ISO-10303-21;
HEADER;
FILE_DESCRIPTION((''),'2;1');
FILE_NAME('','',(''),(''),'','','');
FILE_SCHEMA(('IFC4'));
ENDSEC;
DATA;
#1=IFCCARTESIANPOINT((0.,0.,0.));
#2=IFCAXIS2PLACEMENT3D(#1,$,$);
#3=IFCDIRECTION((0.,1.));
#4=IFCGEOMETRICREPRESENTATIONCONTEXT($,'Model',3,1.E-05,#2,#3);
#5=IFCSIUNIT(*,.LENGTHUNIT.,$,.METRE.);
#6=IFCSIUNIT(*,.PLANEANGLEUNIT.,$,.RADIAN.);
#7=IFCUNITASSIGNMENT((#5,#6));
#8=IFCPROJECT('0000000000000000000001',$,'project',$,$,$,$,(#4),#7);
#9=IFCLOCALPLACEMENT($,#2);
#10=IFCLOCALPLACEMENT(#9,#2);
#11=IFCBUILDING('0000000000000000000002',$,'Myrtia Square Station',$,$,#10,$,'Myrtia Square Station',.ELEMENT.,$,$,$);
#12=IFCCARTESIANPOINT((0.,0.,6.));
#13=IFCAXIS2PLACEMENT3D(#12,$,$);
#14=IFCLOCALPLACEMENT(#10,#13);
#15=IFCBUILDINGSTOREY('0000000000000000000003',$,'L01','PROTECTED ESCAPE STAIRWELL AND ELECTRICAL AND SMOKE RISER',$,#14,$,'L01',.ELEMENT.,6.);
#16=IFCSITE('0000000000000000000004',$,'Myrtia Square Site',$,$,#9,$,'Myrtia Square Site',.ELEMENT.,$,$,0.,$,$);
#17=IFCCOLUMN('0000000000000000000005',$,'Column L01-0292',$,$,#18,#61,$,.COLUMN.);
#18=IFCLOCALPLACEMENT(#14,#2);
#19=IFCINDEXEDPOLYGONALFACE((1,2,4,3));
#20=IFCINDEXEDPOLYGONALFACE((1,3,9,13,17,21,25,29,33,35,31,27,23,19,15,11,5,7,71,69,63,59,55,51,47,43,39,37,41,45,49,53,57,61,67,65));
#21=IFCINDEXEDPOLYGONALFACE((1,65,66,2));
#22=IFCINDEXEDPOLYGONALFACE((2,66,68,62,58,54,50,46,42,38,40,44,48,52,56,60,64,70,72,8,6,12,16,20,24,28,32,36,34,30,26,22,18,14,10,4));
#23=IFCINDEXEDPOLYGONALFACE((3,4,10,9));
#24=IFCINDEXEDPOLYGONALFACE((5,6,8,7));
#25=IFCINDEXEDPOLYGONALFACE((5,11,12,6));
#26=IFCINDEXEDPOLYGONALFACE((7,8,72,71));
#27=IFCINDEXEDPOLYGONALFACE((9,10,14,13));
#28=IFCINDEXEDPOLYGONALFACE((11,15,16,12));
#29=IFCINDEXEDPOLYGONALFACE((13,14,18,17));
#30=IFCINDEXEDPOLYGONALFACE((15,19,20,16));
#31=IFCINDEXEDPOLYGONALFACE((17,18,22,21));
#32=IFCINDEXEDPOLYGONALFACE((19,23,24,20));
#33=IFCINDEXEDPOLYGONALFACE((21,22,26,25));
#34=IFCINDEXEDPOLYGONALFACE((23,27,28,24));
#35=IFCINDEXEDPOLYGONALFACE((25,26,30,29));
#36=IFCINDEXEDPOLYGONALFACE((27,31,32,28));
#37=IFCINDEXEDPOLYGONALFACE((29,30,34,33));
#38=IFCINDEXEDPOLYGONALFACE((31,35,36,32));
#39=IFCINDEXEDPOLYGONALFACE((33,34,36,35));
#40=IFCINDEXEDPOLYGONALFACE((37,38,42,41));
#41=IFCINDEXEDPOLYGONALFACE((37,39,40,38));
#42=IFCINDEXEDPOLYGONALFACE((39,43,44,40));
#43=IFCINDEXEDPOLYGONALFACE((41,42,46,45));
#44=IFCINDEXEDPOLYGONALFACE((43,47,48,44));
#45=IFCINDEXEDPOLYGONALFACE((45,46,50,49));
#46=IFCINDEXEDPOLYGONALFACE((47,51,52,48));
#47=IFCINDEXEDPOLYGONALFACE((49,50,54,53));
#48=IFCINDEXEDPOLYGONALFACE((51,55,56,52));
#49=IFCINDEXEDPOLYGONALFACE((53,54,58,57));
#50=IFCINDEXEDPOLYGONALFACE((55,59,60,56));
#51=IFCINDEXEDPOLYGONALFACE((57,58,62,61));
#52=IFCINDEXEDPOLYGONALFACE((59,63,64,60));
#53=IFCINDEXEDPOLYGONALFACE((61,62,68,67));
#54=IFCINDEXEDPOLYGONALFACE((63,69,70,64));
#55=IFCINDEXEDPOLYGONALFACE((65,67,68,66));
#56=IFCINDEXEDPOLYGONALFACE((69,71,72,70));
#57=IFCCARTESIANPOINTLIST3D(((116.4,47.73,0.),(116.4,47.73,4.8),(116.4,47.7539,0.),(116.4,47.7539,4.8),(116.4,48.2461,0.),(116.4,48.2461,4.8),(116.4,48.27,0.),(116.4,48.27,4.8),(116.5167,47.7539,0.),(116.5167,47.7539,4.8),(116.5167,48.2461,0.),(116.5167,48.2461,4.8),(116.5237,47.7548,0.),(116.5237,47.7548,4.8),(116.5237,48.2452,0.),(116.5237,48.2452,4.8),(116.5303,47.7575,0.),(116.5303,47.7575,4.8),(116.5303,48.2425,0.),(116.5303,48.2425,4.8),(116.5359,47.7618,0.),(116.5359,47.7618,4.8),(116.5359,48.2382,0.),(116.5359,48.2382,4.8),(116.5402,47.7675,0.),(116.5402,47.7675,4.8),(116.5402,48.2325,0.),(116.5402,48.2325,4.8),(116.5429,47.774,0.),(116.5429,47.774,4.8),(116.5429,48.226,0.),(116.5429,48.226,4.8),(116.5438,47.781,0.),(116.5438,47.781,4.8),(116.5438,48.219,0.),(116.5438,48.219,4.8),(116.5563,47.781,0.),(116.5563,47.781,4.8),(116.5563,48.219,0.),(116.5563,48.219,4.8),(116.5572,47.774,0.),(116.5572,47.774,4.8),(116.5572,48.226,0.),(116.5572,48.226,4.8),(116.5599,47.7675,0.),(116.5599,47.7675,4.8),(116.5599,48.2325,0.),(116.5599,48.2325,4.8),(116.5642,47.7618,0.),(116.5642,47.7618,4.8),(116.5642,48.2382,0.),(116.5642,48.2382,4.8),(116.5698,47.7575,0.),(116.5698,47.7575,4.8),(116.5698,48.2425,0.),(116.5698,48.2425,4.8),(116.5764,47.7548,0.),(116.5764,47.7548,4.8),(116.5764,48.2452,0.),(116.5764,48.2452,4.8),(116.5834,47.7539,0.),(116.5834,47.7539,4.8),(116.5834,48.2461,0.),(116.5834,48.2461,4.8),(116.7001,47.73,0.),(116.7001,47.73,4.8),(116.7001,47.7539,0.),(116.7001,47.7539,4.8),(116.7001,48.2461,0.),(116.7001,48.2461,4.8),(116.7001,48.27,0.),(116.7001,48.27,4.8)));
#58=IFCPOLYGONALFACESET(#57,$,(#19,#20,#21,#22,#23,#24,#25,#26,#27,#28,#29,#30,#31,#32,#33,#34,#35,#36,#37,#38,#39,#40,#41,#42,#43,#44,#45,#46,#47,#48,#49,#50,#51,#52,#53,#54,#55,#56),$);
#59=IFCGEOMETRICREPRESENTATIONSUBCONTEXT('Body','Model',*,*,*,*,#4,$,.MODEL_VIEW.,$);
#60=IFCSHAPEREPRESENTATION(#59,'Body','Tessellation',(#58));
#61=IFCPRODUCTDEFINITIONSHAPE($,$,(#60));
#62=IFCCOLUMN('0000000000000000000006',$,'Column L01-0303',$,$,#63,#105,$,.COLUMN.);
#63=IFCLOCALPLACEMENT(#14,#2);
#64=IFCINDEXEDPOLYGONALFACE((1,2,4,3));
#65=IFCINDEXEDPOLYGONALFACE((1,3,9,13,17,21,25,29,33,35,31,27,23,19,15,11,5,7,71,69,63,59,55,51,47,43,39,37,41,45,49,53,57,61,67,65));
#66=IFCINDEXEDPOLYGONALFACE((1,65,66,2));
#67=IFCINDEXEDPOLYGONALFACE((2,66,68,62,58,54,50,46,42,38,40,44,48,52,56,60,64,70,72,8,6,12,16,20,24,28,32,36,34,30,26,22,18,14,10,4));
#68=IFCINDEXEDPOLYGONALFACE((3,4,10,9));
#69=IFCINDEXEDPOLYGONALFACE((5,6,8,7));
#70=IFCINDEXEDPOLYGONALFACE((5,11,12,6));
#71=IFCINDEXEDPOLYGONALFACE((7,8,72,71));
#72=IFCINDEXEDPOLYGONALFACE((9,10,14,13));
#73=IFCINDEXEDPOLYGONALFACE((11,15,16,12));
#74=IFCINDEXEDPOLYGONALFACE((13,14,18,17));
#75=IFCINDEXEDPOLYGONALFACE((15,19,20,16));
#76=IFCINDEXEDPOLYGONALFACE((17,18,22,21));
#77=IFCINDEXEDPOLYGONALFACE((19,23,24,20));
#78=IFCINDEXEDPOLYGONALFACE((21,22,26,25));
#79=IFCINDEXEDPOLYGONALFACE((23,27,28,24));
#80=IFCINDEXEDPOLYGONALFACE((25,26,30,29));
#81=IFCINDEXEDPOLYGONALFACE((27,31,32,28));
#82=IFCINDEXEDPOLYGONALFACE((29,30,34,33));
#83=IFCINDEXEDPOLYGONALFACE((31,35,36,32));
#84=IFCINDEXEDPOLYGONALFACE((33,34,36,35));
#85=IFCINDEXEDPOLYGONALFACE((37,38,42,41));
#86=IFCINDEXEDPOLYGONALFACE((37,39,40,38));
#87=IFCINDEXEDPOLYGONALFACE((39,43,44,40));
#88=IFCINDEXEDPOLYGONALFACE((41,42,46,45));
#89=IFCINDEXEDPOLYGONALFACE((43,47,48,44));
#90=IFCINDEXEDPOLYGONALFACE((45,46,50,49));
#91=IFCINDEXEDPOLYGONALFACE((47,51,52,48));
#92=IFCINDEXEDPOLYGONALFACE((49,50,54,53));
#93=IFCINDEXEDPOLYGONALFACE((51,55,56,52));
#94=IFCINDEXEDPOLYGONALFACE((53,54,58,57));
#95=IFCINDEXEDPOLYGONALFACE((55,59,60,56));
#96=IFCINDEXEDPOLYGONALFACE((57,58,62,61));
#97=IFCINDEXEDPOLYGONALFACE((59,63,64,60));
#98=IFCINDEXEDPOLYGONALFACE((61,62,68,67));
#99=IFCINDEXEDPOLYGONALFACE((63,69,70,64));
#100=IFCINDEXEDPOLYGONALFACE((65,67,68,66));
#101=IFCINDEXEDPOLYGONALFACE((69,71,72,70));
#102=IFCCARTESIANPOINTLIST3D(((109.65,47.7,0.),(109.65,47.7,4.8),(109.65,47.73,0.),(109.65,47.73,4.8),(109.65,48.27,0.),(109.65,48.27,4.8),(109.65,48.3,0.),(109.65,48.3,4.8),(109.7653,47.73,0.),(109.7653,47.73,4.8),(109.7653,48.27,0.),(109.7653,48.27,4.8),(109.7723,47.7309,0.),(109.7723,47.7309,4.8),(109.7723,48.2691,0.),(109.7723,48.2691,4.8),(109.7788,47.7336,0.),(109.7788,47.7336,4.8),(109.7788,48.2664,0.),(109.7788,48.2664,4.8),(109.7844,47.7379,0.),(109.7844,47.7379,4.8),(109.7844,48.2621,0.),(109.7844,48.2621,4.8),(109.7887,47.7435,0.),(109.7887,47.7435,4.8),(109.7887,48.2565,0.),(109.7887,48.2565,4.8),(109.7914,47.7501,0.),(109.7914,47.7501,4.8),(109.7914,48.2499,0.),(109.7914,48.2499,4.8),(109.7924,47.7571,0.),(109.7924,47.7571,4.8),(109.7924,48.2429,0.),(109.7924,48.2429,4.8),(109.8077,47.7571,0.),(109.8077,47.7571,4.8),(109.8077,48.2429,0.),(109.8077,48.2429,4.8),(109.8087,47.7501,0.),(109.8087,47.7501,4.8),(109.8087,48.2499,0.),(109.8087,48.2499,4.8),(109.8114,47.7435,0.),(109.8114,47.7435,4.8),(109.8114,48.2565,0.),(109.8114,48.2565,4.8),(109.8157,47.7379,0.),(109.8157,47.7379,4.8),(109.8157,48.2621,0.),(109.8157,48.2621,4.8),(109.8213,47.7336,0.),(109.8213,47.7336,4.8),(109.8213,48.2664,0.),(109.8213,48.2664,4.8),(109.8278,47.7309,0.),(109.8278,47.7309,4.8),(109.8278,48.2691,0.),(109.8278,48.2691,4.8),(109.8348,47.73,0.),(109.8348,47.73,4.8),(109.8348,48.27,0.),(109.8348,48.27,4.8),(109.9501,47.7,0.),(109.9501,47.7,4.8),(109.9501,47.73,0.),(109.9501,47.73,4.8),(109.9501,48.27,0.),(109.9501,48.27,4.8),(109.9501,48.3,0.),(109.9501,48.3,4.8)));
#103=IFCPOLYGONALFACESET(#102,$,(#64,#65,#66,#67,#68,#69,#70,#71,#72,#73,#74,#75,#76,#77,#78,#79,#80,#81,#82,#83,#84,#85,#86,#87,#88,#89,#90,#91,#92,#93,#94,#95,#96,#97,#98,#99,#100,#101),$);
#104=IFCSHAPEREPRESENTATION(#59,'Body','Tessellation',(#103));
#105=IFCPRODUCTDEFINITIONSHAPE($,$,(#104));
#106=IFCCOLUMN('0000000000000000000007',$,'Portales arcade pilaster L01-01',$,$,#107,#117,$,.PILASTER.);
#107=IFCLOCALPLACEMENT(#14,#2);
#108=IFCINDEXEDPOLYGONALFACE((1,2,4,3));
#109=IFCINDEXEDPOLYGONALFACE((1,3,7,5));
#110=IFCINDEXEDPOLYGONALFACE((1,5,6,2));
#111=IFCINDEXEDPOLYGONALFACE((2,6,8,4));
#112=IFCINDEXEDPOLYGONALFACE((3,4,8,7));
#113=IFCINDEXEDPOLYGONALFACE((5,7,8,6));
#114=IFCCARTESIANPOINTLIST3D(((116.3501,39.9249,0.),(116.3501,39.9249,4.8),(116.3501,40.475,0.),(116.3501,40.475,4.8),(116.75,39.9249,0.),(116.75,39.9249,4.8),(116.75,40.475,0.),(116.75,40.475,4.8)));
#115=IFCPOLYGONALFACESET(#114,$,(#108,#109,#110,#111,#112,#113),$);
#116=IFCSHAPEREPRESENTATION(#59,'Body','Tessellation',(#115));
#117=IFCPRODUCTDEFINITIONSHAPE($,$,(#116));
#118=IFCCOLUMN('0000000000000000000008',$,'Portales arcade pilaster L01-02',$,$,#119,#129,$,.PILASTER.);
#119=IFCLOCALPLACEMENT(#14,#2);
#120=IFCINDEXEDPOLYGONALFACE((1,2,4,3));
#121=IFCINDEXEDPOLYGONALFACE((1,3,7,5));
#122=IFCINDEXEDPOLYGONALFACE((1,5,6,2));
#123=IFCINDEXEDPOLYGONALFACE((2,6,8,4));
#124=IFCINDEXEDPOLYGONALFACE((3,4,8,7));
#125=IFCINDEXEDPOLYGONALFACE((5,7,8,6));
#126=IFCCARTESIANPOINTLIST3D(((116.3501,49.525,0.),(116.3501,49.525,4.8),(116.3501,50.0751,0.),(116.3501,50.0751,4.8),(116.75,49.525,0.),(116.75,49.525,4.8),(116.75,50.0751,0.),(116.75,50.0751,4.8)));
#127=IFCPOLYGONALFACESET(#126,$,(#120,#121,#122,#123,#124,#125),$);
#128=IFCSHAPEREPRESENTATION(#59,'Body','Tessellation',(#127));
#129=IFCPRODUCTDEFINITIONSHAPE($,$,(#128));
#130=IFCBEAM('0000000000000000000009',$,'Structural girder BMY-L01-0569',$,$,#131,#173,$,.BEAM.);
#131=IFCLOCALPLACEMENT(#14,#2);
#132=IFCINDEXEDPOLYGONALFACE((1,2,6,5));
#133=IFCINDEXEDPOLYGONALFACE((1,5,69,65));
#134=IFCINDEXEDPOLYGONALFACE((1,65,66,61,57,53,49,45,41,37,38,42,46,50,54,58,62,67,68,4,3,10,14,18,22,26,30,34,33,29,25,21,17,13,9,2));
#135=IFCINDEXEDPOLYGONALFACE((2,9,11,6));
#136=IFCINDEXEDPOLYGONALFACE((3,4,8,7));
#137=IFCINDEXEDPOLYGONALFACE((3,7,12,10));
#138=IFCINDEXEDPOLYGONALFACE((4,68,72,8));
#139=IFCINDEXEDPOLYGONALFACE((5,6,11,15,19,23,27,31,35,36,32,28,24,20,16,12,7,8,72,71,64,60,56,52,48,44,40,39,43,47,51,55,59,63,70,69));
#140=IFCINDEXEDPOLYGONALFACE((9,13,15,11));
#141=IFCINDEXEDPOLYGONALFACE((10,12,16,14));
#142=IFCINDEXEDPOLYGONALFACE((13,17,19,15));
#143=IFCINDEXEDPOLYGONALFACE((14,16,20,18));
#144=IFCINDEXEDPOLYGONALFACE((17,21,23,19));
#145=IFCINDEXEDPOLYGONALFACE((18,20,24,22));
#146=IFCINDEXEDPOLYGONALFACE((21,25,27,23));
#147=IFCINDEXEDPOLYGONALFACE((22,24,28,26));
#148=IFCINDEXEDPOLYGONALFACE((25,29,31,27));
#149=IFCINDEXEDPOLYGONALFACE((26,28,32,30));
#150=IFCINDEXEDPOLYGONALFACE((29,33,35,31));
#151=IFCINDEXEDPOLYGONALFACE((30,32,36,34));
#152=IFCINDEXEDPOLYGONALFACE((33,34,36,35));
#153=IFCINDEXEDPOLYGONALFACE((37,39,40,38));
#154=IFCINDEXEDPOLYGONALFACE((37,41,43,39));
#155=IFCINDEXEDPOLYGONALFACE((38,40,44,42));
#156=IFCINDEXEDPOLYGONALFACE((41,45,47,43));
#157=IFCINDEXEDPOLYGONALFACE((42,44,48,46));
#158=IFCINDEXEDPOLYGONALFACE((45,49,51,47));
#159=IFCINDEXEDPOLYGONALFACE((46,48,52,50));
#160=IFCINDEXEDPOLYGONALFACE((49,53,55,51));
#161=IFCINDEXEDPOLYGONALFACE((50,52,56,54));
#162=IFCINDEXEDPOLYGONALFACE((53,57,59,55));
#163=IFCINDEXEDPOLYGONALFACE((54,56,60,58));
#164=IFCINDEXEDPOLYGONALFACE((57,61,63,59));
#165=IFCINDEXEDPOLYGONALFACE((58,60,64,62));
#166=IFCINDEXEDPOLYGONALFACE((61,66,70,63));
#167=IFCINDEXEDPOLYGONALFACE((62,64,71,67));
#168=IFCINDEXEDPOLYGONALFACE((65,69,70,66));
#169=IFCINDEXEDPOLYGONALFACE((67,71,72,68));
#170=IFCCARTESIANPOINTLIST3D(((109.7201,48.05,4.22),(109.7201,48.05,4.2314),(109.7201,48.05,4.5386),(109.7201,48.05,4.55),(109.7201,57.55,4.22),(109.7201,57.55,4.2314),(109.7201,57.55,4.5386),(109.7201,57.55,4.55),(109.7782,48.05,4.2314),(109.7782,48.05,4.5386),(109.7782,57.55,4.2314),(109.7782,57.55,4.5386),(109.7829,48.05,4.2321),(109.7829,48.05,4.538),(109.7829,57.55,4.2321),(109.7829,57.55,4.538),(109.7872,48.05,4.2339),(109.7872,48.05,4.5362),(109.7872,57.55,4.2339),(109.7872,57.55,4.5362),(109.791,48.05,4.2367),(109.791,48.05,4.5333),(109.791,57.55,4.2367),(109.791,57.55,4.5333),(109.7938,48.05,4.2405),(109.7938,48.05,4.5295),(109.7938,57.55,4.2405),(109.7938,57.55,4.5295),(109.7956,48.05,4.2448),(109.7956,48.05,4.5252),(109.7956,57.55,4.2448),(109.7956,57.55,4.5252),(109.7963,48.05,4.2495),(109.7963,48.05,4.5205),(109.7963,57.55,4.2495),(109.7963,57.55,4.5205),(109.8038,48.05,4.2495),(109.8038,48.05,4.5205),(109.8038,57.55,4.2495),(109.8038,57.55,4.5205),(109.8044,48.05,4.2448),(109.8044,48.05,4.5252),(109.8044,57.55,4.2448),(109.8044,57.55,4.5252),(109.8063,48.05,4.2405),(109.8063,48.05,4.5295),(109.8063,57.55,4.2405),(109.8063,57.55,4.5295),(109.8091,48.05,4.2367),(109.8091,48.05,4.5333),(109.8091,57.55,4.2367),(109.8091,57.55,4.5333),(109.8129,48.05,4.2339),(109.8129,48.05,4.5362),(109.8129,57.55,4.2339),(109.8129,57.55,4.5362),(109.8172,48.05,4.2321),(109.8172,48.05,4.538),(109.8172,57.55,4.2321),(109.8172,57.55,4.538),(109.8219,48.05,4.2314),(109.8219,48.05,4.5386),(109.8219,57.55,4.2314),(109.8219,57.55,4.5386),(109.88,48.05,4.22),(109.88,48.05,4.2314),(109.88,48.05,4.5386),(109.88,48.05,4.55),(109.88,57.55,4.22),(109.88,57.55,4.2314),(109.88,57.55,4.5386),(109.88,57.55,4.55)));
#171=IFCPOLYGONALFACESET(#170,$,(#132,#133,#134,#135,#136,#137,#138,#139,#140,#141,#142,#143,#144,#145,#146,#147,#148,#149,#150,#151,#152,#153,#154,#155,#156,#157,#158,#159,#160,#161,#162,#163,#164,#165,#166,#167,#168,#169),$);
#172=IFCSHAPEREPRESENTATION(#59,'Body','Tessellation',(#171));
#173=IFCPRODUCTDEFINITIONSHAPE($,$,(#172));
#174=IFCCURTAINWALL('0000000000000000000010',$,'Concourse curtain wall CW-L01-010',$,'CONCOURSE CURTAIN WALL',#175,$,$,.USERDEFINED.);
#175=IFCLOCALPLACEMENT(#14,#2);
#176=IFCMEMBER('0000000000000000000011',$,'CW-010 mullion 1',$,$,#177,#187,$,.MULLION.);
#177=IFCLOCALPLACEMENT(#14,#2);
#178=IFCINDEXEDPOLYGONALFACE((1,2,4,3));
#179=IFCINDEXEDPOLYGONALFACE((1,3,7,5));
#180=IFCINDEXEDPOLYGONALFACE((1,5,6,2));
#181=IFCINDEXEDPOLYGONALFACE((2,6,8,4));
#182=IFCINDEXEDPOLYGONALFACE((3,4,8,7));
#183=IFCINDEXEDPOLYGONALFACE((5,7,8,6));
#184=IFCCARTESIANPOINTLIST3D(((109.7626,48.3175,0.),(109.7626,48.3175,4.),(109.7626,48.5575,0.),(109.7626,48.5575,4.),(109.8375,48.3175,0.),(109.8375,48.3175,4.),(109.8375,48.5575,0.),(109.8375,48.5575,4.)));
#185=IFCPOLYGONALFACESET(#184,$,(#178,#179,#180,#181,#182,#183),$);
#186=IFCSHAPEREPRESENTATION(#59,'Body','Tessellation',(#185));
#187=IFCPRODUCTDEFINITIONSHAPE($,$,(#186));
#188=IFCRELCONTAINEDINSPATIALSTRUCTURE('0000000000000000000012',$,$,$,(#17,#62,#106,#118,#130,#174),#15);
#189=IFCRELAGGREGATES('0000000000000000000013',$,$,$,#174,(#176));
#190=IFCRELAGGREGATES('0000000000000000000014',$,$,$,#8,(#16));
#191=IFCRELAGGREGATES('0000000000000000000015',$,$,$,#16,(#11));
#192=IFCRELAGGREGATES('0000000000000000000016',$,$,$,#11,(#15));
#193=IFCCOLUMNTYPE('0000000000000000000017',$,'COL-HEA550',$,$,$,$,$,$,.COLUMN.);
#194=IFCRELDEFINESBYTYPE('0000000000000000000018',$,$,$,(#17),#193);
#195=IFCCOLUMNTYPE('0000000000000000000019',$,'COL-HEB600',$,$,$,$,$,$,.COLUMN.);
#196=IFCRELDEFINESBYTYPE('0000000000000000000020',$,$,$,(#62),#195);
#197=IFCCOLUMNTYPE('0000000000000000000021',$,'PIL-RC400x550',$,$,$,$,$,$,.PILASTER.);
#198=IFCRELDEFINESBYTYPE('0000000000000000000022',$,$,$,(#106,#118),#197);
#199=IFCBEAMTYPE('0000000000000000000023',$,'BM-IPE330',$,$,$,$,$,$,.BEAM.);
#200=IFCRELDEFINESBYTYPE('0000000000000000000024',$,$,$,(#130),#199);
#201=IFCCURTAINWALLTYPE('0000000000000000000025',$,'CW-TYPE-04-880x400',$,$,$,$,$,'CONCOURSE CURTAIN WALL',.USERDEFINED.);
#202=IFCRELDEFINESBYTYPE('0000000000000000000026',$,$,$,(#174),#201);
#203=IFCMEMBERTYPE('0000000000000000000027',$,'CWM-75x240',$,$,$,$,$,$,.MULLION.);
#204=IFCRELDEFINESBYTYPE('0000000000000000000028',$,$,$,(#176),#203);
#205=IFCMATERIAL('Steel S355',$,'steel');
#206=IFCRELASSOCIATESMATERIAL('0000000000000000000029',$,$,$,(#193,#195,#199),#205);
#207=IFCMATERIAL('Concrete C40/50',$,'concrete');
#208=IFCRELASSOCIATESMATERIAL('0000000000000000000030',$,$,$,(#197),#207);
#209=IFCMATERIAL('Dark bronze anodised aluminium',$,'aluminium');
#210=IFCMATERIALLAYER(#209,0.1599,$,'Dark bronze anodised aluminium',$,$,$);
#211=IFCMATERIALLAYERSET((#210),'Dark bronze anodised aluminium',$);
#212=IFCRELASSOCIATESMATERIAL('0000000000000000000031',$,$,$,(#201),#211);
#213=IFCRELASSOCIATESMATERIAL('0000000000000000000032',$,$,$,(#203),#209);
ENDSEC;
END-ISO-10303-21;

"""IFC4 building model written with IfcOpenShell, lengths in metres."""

from ifc_helpers import new_model, si_unit, direction, frame, origin, origin_2d, place, context, subcontext, project, spatial, rectangle, i_section, extrude, material, layer, layer_set, material_profile, profile_set, type_object, element, aggregate, save


model = new_model("IFC4")

# Units and contexts
model_context = context("Model", 3, precision=1e-05, world=origin(), true_north=direction((0.0, 1.0)))
body_context = subcontext(model_context, "Body", "Model", "MODEL_VIEW")
ifc_project = project(units=[si_unit("LENGTHUNIT", "METRE"), si_unit("PLANEANGLEUNIT", "RADIAN")], contexts=[model_context])

# Site, building, storey
site_placement = place(None, origin())
site = spatial("IfcSite", under=ifc_project, at=site_placement, Name="Myrtia Square Site", LongName="Myrtia Square Site", CompositionType="ELEMENT", RefElevation=0.0)
building_placement = place(site_placement, origin())
building = spatial("IfcBuilding", under=site, at=building_placement, Name="Myrtia Square Station", LongName="Myrtia Square Station", CompositionType="ELEMENT")
storey_placement = place(building_placement, frame((0.0, 0.0, 6.0)))
storey = spatial("IfcBuildingStorey", under=building, at=storey_placement, Name="L01", Description="PROTECTED ESCAPE STAIRWELL AND ELECTRICAL AND SMOKE RISER", LongName="L01", CompositionType="ELEMENT", Elevation=6.0)

# Columns
ifc_material_1 = material(Name="Steel S355", Category="steel")
ifc_material_profile_1 = material_profile(ifc_material_1, i_section(OverallWidth=0.3, OverallDepth=0.54, WebThickness=0.0125, FlangeThickness=0.0239, FilletRadius=0.0271, at=origin_2d()), Name="HEA 550")
ifc_profile_set_1 = profile_set([ifc_material_profile_1], Name="Steel S355")
column_type_1 = type_object("IfcColumnType", Name="COL-HEA550", PredefinedType="COLUMN", material=ifc_profile_set_1)
column_1_placement = place(storey_placement, frame((116.55, 48.0, 0.0), z_axis=(0.0, 0.0, 1.0), x_axis=(1.0, 0.0, 0.0)))
element("IfcColumn", 1, at=column_1_placement, inside=storey, type_object=column_type_1, Name="Column L01-0292", PredefinedType="COLUMN", context=body_context, shape_type="SweptSolid", body=[
    extrude(i_section(OverallWidth=0.3, OverallDepth=0.54, WebThickness=0.0125, FlangeThickness=0.0239, FilletRadius=0.0271, at=origin_2d()), origin(), (0.0, 0.0, 1.0), 4.8),
])
ifc_material_profile_2 = material_profile(ifc_material_1, i_section(OverallWidth=0.3, OverallDepth=0.6001, WebThickness=0.0154, FlangeThickness=0.03, FilletRadius=0.0271, at=origin_2d()), Name="HEB 600")
ifc_profile_set_2 = profile_set([ifc_material_profile_2], Name="Steel S355")
column_type_2 = type_object("IfcColumnType", Name="COL-HEB600", PredefinedType="COLUMN", material=ifc_profile_set_2)
column_2_placement = place(storey_placement, frame((109.8, 48.0, 0.0), z_axis=(0.0, 0.0, 1.0), x_axis=(1.0, 0.0, 0.0)))
element("IfcColumn", 2, at=column_2_placement, inside=storey, type_object=column_type_2, Name="Column L01-0303", PredefinedType="COLUMN", context=body_context, shape_type="SweptSolid", body=[
    extrude(i_section(OverallWidth=0.3, OverallDepth=0.6001, WebThickness=0.0154, FlangeThickness=0.03, FilletRadius=0.0271, at=origin_2d()), origin(), (0.0, 0.0, 1.0), 4.8),
])
ifc_material_2 = material(Name="Concrete C40/50", Category="concrete")
ifc_material_profile_3 = material_profile(ifc_material_2, rectangle(XDim=0.3999, YDim=0.55, at=origin_2d()), Name="PIL 400x550")
ifc_profile_set_3 = profile_set([ifc_material_profile_3], Name="Concrete C40/50")
column_type_3 = type_object("IfcColumnType", Name="PIL-RC400x550", PredefinedType="PILASTER", material=ifc_profile_set_3)
for number, where, z_axis, x_axis, name in (
    (3, (116.55, 40.2, 0.0), (0.0, 0.0, 1.0), (1.0, 0.0, 0.0), "Portales arcade pilaster L01-01"),
    (4, (116.55, 49.8, 0.0), (0.0, 0.0, 1.0), (1.0, 0.0, 0.0), "Portales arcade pilaster L01-02"),
):
    element("IfcColumn", number, at=place(storey_placement, frame(where, z_axis=z_axis, x_axis=x_axis)), inside=storey, type_object=column_type_3, Name=name, PredefinedType="PILASTER", context=body_context, shape_type="SweptSolid", body=[
        extrude(rectangle(XDim=0.3999, YDim=0.55, at=origin_2d()), origin(), (0.0, 0.0, 1.0), 4.8),
    ])

# Beam
ifc_material_profile_4 = material_profile(ifc_material_1, i_section(OverallWidth=0.1599, OverallDepth=0.3301, WebThickness=0.0076, FlangeThickness=0.0115, FilletRadius=0.0181, at=origin_2d()), Name="IPE 330")
ifc_profile_set_4 = profile_set([ifc_material_profile_4], Name="Steel S355")
beam_type = type_object("IfcBeamType", Name="BM-IPE330", PredefinedType="BEAM", material=ifc_profile_set_4)
beam_placement = place(storey_placement, frame((109.8, 48.05, 4.385), z_axis=(0.0, 1.0, 0.0), x_axis=(-1.0, 0.0, 0.0)))
element("IfcBeam", 5, at=beam_placement, inside=storey, type_object=beam_type, Name="Structural girder BMY-L01-0569", PredefinedType="BEAM", context=body_context, shape_type="SweptSolid", body=[
    extrude(i_section(OverallWidth=0.1599, OverallDepth=0.3301, WebThickness=0.0076, FlangeThickness=0.0115, FilletRadius=0.0181, at=origin_2d()), origin(), (0.0, 0.0, 1.0), 9.5),
])

# Curtain wall, member
ifc_material_3 = material(Name="Dark bronze anodised aluminium", Category="aluminium")
ifc_layer_1 = layer(ifc_material_3, 0.1599, Name="Dark bronze anodised aluminium")
ifc_layer_set_1 = layer_set([ifc_layer_1], Name="Dark bronze anodised aluminium")
curtain_wall_type = type_object("IfcCurtainWallType", Name="CW-TYPE-04-880x400", ElementType="CONCOURSE CURTAIN WALL", PredefinedType="USERDEFINED", material=ifc_layer_set_1)
curtain_wall_placement = place(storey_placement, origin())
curtain_wall = element("IfcCurtainWall", 6, at=curtain_wall_placement, inside=storey, type_object=curtain_wall_type, Name="Concourse curtain wall CW-L01-010", ObjectType="CONCOURSE CURTAIN WALL", PredefinedType="USERDEFINED")
ifc_material_profile_5 = material_profile(ifc_material_3, rectangle(XDim=0.075, YDim=0.24, at=origin_2d()), Name="ALU-M 75x240")
ifc_profile_set_5 = profile_set([ifc_material_profile_5], Name="Dark bronze anodised aluminium")
member_type_1 = type_object("IfcMemberType", Name="CWM-75x240", PredefinedType="MULLION", material=ifc_profile_set_5)
member_1_placement = place(storey_placement, frame((109.8, 48.4375, 0.0), z_axis=(0.0, 0.0, 1.0), x_axis=(-1.0, 0.0, 0.0)))
member_1 = element("IfcMember", 7, at=member_1_placement, type_object=member_type_1, Name="CW-010 mullion 1", PredefinedType="MULLION", context=body_context, shape_type="SweptSolid", body=[
    extrude(rectangle(XDim=0.075, YDim=0.24, at=origin_2d()), origin(), (0.0, 0.0, 1.0), 4.0),
])
aggregate(curtain_wall, [member_1])

save(model, "model.ifc")
